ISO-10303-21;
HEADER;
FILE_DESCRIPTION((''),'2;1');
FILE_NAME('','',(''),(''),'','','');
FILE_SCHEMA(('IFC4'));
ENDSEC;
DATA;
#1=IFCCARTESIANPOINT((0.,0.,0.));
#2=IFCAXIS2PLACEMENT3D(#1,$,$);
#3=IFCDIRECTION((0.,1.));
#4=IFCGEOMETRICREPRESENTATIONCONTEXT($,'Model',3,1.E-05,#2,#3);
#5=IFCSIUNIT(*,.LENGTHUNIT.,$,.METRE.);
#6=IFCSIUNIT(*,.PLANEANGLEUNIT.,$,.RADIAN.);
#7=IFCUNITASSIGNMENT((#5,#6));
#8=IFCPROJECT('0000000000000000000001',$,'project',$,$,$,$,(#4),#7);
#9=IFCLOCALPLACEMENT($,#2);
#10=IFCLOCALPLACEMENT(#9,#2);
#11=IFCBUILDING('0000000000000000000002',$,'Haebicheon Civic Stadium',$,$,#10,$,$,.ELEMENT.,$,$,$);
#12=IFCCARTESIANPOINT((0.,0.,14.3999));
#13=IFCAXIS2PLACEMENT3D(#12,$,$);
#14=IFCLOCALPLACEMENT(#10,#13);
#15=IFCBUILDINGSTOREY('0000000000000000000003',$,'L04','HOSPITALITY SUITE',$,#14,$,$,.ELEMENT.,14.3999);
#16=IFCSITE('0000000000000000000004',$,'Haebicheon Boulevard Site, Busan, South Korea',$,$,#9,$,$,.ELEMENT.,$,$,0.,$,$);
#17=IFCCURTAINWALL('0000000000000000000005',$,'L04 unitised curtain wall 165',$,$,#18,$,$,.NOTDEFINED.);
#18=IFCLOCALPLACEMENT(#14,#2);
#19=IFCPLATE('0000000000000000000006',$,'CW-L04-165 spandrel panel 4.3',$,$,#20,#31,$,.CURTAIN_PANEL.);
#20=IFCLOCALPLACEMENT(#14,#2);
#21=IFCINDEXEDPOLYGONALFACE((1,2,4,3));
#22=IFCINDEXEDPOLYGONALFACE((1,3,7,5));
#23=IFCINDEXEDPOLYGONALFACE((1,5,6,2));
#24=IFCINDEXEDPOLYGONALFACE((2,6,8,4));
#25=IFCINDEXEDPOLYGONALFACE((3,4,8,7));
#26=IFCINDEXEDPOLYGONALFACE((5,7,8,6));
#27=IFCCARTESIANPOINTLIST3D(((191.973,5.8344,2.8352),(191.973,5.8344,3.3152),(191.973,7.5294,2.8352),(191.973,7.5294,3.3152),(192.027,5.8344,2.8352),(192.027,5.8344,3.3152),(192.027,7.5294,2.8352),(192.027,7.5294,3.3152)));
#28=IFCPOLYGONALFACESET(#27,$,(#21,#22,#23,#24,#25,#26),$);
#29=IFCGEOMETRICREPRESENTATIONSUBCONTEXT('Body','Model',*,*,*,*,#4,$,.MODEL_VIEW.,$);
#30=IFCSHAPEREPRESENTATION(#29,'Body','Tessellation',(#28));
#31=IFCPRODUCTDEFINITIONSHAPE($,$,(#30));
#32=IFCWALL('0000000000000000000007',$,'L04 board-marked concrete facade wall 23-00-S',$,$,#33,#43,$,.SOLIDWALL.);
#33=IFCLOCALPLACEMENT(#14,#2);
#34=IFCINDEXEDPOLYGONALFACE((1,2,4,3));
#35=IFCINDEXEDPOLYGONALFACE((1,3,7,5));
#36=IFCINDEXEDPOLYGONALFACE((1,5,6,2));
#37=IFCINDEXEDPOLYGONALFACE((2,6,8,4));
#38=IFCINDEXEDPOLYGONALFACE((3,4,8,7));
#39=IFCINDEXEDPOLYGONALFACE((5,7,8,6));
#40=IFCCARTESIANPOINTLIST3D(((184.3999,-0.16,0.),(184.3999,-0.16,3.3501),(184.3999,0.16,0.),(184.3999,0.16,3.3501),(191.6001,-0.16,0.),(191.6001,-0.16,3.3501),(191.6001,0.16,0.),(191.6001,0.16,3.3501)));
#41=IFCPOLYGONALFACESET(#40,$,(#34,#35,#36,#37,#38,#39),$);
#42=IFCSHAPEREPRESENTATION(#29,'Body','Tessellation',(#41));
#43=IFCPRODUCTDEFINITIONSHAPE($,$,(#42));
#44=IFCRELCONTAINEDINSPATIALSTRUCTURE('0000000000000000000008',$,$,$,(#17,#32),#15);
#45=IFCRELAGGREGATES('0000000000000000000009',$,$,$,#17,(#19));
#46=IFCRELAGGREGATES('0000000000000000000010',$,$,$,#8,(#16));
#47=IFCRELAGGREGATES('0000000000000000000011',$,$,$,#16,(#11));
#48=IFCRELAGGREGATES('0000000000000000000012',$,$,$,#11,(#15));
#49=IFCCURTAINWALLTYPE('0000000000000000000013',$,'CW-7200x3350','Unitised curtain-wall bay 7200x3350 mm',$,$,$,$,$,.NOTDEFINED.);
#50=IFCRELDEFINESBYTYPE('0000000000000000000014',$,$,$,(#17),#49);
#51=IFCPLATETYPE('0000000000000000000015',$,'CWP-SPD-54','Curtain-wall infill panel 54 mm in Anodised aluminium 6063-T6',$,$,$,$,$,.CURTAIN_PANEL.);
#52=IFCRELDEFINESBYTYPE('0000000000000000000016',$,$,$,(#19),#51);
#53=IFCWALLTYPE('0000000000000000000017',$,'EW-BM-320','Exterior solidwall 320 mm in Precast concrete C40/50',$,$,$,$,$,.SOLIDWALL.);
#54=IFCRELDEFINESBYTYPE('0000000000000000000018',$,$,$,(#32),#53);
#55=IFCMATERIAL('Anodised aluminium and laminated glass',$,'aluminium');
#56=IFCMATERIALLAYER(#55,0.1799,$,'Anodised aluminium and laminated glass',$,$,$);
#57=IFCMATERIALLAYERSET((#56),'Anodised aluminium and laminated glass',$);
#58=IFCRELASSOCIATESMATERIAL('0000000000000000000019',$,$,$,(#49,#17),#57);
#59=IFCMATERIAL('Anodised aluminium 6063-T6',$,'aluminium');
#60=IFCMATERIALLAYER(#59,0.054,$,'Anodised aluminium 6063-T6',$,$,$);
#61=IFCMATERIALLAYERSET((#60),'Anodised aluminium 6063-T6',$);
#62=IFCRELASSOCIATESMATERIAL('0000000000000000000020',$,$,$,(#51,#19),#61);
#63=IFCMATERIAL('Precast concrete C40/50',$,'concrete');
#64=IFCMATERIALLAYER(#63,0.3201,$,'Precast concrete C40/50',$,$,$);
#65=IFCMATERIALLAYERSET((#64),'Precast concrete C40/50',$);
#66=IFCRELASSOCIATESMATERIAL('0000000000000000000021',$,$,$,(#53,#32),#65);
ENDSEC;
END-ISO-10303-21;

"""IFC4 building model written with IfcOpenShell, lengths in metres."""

from ifc_helpers import new_model, si_unit, direction, frame, frame_2d, origin, origin_2d, place, context, subcontext, project, spatial, rectangle, extrude, material, layer, layer_set, type_object, element, aggregate, save


model = new_model("IFC4")

# Units and contexts
model_context = context("Model", 3, precision=1e-05, world=origin(), true_north=direction((0.0, 1.0)))
body_context = subcontext(model_context, "Body", "Model", "MODEL_VIEW")
ifc_project = project(units=[si_unit("LENGTHUNIT", "METRE"), si_unit("PLANEANGLEUNIT", "RADIAN")], contexts=[model_context])

# Site, building, storey
site_placement = place(None, origin())
site = spatial("IfcSite", under=ifc_project, at=site_placement, Name="Haebicheon Boulevard Site, Busan, South Korea", CompositionType="ELEMENT", RefElevation=0.0)
building_placement = place(site_placement, origin())
building = spatial("IfcBuilding", under=site, at=building_placement, Name="Haebicheon Civic Stadium", CompositionType="ELEMENT")
storey_placement = place(building_placement, frame((0.0, 0.0, 14.3999)))
storey = spatial("IfcBuildingStorey", under=building, at=storey_placement, Name="L04", Description="HOSPITALITY SUITE", CompositionType="ELEMENT", Elevation=14.3999)

# Curtain wall
ifc_material_1 = material(Name="Anodised aluminium and laminated glass", Category="aluminium")
ifc_layer_1 = layer(ifc_material_1, 0.1799, Name="Anodised aluminium and laminated glass")
ifc_layer_set_1 = layer_set([ifc_layer_1], Name="Anodised aluminium and laminated glass")
curtain_wall_type = type_object("IfcCurtainWallType", Name="CW-7200x3350", Description="Unitised curtain-wall bay 7200x3350 mm", PredefinedType="NOTDEFINED", material=ifc_layer_set_1)
curtain_wall_placement = place(storey_placement, origin())
curtain_wall = element("IfcCurtainWall", 1, at=curtain_wall_placement, inside=storey, type_object=curtain_wall_type, material=ifc_layer_set_1, Name="L04 unitised curtain wall 165", PredefinedType="NOTDEFINED")

# Plate
ifc_material_2 = material(Name="Anodised aluminium 6063-T6", Category="aluminium")
ifc_layer_2 = layer(ifc_material_2, 0.054, Name="Anodised aluminium 6063-T6")
ifc_layer_set_2 = layer_set([ifc_layer_2], Name="Anodised aluminium 6063-T6")
plate_type_1 = type_object("IfcPlateType", Name="CWP-SPD-54", Description="Curtain-wall infill panel 54 mm in Anodised aluminium 6063-T6", PredefinedType="CURTAIN_PANEL", material=ifc_layer_set_2)
plate_1_placement = place(storey_placement, frame((192.0, 6.6819, 2.8352), z_axis=(0.0, 0.0, 1.0), x_axis=(0.0, 1.0, 0.0)))
plate_1 = element("IfcPlate", 2, at=plate_1_placement, type_object=plate_type_1, material=ifc_layer_set_2, Name="CW-L04-165 spandrel panel 4.3", PredefinedType="CURTAIN_PANEL", context=body_context, shape_type="SweptSolid", body=[
    extrude(rectangle(XDim=1.6951, YDim=0.054, at=origin_2d()), origin(), (0.0, 0.0, 1.0), 0.48),
])
aggregate(curtain_wall, [plate_1])

# Wall
ifc_material_3 = material(Name="Precast concrete C40/50", Category="concrete")
ifc_layer_3 = layer(ifc_material_3, 0.3201, Name="Precast concrete C40/50")
ifc_layer_set_3 = layer_set([ifc_layer_3], Name="Precast concrete C40/50")
wall_type = type_object("IfcWallType", Name="EW-BM-320", Description="Exterior solidwall 320 mm in Precast concrete C40/50", PredefinedType="SOLIDWALL", material=ifc_layer_set_3)
wall_placement = place(storey_placement, frame((184.3999, 0.0, 0.0), z_axis=(0.0, 0.0, 1.0), x_axis=(1.0, 0.0, 0.0)))
element("IfcWall", 3, at=wall_placement, inside=storey, type_object=wall_type, material=ifc_layer_set_3, Name="L04 board-marked concrete facade wall 23-00-S", PredefinedType="SOLIDWALL", context=body_context, shape_type="SweptSolid", body=[
    extrude(rectangle(XDim=7.2002, YDim=0.3201, at=frame_2d((3.6001, 0.0))), origin(), (0.0, 0.0, 1.0), 3.3501),
])

save(model, "model.ifc")
